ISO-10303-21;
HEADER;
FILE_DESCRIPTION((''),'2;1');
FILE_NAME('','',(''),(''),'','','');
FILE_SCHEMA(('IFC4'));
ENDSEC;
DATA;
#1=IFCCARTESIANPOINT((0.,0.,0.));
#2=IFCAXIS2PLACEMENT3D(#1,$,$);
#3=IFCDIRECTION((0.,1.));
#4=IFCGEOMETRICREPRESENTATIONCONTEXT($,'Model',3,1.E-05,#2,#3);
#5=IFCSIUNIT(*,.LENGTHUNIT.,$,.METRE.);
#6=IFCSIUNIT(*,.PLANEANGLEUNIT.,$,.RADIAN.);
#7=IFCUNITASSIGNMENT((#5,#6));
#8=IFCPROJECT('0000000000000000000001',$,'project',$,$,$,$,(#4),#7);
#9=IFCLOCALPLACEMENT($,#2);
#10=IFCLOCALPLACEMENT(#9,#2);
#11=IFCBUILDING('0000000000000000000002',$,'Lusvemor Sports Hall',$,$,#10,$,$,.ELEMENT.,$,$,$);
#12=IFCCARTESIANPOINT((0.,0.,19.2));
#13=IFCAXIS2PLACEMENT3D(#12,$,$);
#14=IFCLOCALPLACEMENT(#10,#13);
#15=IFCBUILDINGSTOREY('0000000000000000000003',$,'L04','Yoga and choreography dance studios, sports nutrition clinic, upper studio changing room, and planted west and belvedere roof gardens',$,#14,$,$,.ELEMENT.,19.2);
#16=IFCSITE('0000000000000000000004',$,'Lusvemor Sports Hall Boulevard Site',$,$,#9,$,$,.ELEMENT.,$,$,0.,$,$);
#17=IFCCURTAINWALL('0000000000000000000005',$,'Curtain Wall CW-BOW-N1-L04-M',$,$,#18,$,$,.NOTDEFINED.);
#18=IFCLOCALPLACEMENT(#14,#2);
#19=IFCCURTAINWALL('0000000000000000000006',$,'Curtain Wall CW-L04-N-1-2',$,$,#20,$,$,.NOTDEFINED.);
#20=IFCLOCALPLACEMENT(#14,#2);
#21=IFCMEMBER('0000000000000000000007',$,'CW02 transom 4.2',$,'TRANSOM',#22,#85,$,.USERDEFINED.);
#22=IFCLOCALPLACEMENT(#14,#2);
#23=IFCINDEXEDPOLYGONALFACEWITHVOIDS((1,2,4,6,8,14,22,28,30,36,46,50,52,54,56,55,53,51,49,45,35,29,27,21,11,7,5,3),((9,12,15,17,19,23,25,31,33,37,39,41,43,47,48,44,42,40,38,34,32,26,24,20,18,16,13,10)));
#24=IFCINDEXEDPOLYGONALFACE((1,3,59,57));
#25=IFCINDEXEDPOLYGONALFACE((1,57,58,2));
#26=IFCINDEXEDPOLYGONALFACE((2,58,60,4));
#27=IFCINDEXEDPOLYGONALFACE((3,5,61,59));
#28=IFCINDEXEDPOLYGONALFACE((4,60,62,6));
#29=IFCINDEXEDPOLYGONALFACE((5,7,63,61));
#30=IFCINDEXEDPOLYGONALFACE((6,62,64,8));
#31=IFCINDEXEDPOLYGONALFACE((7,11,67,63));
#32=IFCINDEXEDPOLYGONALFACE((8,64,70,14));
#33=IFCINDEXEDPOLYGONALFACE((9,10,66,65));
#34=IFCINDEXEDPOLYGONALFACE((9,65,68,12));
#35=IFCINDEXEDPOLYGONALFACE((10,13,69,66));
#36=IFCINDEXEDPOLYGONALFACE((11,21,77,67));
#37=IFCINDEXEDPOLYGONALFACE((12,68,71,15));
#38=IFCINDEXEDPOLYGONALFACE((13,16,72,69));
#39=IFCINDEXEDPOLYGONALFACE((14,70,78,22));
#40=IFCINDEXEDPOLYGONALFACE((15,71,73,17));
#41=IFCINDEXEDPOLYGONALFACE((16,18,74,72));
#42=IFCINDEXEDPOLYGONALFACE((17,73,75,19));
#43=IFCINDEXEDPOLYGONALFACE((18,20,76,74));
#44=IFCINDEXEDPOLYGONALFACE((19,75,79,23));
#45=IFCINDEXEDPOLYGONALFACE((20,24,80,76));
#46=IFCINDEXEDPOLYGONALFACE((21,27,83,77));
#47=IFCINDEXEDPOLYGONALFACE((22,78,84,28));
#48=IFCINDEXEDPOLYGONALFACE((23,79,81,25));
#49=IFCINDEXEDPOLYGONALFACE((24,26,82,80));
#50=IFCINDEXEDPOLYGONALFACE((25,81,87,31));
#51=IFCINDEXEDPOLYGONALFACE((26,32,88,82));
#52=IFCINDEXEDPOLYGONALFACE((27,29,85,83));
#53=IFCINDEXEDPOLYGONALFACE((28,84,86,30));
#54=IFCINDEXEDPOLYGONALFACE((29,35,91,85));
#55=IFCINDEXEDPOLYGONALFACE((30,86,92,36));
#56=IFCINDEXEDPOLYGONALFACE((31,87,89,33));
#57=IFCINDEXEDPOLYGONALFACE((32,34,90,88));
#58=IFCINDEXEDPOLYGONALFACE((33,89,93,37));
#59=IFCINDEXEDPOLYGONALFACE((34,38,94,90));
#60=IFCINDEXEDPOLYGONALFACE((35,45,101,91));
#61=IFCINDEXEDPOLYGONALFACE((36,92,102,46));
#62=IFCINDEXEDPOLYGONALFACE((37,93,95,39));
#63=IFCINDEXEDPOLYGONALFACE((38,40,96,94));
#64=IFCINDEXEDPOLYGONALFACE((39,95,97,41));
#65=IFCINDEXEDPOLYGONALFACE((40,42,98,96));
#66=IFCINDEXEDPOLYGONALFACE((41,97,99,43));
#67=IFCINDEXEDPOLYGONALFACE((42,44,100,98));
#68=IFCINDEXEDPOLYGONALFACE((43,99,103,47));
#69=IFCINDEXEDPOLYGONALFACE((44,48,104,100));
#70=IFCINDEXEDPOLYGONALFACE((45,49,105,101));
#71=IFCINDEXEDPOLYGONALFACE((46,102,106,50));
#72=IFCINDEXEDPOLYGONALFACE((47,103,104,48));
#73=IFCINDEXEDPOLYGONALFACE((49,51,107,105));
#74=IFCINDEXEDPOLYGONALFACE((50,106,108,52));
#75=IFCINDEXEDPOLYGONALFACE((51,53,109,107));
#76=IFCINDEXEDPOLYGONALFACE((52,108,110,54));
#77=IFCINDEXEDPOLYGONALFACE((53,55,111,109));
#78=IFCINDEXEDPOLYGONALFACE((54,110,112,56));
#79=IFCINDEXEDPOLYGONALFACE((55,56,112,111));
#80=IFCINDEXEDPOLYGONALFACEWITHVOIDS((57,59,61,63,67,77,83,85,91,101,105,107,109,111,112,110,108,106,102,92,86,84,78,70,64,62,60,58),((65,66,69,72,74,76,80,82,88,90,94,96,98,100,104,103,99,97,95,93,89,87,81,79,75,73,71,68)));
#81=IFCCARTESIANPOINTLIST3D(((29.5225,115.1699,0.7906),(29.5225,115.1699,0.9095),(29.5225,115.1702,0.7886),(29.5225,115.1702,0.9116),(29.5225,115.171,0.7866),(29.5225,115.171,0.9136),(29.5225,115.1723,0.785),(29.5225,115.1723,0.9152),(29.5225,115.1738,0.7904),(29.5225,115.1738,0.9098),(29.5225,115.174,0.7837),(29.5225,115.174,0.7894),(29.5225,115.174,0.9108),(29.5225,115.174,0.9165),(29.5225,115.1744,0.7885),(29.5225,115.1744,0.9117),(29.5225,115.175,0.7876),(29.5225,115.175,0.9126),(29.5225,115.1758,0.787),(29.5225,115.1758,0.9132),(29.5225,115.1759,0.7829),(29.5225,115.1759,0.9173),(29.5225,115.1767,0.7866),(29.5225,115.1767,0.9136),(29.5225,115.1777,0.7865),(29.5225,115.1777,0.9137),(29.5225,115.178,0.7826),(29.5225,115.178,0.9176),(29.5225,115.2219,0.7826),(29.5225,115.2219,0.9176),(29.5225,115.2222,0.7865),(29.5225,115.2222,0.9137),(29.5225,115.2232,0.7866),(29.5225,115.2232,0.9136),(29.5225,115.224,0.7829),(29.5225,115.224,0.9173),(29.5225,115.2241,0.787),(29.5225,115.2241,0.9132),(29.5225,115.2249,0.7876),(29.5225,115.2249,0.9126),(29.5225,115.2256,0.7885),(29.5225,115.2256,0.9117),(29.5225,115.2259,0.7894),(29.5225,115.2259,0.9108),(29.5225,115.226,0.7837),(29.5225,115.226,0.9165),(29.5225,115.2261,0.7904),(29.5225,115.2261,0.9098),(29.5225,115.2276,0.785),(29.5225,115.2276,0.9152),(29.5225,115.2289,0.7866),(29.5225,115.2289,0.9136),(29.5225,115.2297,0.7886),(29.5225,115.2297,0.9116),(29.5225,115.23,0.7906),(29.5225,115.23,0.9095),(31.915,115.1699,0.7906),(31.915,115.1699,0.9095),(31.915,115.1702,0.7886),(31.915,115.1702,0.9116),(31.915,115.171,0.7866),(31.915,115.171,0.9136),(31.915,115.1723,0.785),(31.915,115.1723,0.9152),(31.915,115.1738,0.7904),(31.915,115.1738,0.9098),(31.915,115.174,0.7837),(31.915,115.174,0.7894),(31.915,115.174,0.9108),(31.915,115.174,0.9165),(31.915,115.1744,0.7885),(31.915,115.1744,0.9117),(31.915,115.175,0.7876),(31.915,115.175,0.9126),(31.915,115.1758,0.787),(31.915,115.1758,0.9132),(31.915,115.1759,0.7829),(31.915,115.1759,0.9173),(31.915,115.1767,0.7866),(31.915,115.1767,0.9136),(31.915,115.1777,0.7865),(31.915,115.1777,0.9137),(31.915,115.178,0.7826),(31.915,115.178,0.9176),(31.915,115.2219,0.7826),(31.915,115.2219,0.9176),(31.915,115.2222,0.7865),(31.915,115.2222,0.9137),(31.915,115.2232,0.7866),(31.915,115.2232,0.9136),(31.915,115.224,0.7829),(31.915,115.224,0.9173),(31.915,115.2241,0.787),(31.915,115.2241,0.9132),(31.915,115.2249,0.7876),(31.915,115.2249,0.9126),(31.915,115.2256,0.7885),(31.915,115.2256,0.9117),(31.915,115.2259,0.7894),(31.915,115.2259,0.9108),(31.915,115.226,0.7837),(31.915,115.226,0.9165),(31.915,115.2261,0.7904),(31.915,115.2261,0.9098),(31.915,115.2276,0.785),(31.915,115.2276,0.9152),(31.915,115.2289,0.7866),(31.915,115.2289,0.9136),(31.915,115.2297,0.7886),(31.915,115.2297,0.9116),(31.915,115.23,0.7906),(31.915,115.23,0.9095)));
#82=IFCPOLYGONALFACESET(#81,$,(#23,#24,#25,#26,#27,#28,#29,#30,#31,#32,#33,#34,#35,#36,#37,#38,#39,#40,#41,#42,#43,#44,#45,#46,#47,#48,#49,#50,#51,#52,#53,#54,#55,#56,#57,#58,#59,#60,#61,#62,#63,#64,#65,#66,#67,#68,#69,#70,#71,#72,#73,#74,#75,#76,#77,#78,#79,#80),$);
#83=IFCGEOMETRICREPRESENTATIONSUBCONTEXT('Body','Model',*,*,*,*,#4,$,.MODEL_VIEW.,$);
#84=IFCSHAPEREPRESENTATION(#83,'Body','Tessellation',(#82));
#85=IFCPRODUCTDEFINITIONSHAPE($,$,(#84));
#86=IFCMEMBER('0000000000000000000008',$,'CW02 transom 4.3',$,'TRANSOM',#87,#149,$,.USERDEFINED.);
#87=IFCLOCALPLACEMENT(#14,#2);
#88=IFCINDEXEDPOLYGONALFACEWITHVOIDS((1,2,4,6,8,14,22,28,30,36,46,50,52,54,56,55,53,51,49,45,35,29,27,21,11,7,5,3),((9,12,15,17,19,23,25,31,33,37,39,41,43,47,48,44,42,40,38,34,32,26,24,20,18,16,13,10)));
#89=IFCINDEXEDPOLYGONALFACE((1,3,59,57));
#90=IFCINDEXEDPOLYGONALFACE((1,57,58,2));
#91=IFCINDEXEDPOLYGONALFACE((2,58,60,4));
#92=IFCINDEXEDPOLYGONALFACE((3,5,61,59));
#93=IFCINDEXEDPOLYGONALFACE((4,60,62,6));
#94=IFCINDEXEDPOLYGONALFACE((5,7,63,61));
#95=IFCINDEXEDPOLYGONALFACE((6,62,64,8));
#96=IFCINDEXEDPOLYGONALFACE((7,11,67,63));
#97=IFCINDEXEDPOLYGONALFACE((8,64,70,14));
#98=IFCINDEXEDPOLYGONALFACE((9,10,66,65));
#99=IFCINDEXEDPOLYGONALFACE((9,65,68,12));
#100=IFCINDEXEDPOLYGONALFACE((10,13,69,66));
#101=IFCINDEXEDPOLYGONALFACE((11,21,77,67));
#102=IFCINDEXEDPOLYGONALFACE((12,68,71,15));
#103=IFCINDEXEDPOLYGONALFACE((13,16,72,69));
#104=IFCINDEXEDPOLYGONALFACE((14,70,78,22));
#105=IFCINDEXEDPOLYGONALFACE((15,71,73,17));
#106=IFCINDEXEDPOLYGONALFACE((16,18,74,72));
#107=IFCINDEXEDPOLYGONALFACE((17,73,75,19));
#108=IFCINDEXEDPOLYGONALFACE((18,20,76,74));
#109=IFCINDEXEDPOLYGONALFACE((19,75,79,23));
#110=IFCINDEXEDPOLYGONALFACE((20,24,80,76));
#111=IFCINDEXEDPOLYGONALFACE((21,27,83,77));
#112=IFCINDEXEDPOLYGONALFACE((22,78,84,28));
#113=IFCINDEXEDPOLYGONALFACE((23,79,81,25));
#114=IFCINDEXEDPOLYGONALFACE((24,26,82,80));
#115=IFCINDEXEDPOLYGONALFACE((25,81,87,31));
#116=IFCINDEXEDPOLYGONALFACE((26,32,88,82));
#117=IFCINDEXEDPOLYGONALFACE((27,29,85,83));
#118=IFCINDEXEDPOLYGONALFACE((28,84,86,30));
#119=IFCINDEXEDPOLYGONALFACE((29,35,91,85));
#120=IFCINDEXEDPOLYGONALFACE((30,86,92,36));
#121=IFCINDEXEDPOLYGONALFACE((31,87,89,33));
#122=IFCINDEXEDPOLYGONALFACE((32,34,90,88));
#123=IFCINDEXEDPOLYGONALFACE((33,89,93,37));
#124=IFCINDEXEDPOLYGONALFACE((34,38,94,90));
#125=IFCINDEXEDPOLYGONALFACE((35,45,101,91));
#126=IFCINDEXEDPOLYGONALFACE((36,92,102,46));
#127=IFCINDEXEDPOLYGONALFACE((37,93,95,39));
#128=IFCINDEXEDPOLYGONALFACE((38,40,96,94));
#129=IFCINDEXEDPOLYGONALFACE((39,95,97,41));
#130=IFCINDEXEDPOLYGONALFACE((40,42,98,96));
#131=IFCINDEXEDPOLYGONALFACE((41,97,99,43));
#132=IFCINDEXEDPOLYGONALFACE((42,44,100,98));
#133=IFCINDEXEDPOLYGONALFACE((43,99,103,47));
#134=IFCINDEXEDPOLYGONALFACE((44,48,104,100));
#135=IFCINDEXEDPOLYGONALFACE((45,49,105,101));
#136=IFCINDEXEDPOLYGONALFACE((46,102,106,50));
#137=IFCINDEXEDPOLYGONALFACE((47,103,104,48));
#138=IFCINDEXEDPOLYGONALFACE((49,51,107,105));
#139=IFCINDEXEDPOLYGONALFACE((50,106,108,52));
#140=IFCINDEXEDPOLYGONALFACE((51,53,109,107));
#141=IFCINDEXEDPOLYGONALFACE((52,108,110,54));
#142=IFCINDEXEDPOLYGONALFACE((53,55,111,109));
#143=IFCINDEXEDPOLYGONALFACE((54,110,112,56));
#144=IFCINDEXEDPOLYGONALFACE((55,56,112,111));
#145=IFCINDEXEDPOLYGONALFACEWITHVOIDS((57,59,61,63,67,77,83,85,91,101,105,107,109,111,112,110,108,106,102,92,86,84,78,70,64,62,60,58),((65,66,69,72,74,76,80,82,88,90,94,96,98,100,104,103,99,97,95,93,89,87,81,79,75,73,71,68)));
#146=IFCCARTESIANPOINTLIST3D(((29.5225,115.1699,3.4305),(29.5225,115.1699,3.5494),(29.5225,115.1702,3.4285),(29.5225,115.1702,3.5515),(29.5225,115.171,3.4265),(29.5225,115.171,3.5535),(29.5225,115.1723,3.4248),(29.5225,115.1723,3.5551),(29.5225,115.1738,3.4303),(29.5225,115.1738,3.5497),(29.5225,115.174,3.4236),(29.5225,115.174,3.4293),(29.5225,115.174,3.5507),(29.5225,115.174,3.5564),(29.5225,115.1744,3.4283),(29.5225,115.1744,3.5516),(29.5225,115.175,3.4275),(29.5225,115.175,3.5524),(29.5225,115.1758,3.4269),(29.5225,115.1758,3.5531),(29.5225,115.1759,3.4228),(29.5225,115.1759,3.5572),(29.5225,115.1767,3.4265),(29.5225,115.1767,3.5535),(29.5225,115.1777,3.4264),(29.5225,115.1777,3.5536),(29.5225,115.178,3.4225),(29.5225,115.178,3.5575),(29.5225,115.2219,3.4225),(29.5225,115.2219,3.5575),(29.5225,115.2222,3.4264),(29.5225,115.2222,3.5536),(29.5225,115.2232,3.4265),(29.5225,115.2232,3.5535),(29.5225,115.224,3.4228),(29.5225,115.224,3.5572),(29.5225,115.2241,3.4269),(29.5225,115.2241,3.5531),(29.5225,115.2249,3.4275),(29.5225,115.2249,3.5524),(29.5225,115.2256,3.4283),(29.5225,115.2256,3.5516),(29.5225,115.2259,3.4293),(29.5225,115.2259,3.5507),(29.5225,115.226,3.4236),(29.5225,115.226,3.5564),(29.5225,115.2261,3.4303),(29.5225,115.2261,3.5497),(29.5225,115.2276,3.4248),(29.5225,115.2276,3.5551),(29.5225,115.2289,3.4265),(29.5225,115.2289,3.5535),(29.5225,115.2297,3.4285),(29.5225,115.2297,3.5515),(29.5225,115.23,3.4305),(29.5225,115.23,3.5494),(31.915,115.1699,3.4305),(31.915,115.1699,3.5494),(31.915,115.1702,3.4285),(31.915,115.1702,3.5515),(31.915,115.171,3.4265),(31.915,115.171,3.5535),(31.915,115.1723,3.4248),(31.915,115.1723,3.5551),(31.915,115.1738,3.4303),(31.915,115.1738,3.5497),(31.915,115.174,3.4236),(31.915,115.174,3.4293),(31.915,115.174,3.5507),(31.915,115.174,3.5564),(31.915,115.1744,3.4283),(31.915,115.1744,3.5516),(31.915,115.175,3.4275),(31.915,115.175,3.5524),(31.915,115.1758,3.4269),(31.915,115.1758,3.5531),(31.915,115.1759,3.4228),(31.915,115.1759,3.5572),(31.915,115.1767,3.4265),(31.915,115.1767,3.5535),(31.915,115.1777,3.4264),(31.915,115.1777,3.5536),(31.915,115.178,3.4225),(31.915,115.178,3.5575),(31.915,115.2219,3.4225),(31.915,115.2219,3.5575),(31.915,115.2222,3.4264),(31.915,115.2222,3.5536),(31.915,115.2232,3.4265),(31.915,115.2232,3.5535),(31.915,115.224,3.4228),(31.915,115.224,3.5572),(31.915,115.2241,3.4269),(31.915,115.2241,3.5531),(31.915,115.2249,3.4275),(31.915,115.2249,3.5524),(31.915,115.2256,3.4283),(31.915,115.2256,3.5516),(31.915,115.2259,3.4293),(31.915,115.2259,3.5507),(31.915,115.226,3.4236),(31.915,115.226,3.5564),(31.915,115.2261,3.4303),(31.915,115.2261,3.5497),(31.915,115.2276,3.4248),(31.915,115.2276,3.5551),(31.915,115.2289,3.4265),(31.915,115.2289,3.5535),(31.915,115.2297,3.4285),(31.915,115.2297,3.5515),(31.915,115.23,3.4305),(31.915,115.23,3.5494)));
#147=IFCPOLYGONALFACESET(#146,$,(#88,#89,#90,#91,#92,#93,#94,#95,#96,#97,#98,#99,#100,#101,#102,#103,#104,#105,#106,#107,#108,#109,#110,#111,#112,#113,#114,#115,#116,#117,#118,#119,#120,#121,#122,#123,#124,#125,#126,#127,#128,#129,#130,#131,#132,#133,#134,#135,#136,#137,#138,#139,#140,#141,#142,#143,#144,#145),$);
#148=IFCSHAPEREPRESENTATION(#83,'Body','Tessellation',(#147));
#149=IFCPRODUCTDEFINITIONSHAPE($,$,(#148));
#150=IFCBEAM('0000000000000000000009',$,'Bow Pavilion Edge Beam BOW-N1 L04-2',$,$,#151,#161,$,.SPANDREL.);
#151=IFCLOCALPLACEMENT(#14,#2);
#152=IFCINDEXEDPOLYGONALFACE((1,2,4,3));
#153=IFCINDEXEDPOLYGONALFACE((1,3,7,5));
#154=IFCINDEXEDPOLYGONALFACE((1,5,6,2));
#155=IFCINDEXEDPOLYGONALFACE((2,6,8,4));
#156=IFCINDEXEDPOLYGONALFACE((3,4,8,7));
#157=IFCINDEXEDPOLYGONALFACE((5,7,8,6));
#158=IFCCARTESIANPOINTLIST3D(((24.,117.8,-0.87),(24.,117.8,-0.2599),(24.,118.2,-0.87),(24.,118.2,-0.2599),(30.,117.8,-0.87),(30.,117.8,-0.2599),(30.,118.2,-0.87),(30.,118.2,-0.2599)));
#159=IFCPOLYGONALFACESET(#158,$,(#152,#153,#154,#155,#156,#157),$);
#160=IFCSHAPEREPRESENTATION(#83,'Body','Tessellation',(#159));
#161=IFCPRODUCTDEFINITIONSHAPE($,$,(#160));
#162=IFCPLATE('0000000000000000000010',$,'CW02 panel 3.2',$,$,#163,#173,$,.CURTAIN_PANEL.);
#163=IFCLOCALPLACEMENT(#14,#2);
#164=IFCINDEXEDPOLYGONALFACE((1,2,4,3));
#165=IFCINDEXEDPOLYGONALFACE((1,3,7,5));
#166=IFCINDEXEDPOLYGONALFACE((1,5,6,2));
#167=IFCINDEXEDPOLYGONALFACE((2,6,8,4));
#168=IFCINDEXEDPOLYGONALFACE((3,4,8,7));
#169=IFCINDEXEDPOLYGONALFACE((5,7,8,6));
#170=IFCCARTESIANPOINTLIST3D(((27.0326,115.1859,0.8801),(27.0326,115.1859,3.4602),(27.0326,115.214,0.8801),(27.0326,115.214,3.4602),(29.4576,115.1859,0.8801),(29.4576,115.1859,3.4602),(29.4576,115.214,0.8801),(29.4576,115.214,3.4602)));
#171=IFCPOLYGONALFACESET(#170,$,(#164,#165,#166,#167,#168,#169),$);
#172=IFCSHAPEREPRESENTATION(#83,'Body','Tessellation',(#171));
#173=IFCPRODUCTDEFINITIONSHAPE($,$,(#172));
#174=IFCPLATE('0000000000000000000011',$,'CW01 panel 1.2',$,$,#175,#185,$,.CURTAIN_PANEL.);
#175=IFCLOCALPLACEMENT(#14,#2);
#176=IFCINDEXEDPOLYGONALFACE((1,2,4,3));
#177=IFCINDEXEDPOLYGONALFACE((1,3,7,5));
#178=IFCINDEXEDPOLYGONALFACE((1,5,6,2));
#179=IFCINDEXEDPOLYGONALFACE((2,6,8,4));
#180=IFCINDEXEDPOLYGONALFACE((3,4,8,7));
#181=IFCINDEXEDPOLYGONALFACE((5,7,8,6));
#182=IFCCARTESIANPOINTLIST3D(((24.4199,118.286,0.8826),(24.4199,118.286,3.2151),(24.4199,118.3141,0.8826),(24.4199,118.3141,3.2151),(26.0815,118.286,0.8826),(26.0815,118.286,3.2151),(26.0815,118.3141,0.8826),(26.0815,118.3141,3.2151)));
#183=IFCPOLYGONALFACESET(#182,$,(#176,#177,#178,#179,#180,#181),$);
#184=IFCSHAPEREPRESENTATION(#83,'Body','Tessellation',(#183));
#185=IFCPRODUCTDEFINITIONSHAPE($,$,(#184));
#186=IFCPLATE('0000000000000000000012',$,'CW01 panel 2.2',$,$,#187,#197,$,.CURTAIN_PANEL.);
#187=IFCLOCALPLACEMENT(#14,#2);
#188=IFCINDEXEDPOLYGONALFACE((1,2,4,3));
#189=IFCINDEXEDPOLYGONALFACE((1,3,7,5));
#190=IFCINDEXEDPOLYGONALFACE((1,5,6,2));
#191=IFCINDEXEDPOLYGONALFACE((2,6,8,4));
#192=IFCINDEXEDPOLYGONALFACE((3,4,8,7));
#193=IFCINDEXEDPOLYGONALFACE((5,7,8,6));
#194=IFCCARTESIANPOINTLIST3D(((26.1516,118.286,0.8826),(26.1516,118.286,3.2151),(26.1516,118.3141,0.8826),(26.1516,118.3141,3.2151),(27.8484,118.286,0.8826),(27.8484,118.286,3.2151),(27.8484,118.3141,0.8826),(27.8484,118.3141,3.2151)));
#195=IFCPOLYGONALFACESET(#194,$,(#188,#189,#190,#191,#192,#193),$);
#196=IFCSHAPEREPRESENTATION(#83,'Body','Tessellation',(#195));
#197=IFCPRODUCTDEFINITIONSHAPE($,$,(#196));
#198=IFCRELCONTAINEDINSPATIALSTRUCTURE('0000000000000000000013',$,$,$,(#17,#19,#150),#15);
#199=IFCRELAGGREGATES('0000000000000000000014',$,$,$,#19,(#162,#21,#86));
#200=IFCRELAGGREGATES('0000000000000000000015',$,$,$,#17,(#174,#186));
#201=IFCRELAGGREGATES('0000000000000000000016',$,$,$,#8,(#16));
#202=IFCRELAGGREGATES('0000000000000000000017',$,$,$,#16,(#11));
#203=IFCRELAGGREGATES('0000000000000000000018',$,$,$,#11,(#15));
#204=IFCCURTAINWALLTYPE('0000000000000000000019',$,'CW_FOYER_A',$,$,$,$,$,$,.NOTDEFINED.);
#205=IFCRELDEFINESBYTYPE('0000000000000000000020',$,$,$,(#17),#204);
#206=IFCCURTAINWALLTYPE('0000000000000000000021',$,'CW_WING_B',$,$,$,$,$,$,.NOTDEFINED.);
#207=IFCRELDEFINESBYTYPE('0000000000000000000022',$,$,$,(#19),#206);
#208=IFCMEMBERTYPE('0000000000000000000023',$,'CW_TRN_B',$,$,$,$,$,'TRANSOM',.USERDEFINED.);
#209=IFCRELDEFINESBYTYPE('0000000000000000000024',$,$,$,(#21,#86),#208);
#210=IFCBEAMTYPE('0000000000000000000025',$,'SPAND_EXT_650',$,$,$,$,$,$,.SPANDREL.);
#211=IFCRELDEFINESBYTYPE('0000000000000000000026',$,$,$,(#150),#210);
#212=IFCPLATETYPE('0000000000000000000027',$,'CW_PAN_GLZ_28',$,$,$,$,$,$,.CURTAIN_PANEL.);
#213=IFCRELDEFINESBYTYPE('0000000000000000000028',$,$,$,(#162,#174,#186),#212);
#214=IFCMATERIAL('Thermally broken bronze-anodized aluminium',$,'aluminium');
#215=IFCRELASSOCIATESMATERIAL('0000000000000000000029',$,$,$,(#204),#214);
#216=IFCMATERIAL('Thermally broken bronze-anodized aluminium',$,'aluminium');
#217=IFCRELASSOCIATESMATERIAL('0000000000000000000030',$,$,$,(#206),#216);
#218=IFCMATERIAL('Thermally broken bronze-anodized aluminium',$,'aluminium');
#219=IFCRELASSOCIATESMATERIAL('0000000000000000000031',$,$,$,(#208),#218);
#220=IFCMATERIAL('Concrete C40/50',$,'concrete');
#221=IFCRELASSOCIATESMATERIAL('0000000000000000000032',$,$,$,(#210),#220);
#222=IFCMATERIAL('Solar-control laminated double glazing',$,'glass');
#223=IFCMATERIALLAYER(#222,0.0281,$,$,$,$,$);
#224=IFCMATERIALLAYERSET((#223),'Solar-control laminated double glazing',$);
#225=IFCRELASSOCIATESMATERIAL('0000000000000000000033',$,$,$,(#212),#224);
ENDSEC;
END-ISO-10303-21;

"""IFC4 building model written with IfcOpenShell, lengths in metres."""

from ifc_helpers import new_model, si_unit, direction, frame, origin, origin_2d, place, context, subcontext, project, spatial, rectangle, hollow_rectangle, extrude, material, layer, layer_set, material_profile, profile_set, type_object, element, aggregate, save


model = new_model("IFC4")

# Units and contexts
model_context = context("Model", 3, precision=1e-05, world=origin(), true_north=direction((0.0, 1.0)))
body_context = subcontext(model_context, "Body", "Model", "MODEL_VIEW")
ifc_project = project(units=[si_unit("LENGTHUNIT", "METRE"), si_unit("PLANEANGLEUNIT", "RADIAN")], contexts=[model_context])

# Site, building, storey
site_placement = place(None, origin())
site = spatial("IfcSite", under=ifc_project, at=site_placement, Name="Lusvemor Sports Hall Boulevard Site", CompositionType="ELEMENT", RefElevation=0.0)
building_placement = place(site_placement, origin())
building = spatial("IfcBuilding", under=site, at=building_placement, Name="Lusvemor Sports Hall", CompositionType="ELEMENT")
storey_placement = place(building_placement, frame((0.0, 0.0, 19.2)))
storey = spatial("IfcBuildingStorey", under=building, at=storey_placement, Name="L04", Description="Yoga and choreography dance studios, sports nutrition clinic, upper studio changing room, and planted west and belvedere roof gardens", CompositionType="ELEMENT", Elevation=19.2)

# Curtain wall
ifc_material_1 = material(Name="Thermally broken bronze-anodized aluminium", Category="aluminium")
curtain_wall_type_1 = type_object("IfcCurtainWallType", Name="CW_FOYER_A", PredefinedType="NOTDEFINED", material=ifc_material_1)
curtain_wall_1_placement = place(storey_placement, origin())
curtain_wall_1 = element("IfcCurtainWall", 1, at=curtain_wall_1_placement, inside=storey, type_object=curtain_wall_type_1, Name="Curtain Wall CW-BOW-N1-L04-M", PredefinedType="NOTDEFINED")

# Curtain wall
ifc_material_2 = material(Name="Thermally broken bronze-anodized aluminium", Category="aluminium")
curtain_wall_type_2 = type_object("IfcCurtainWallType", Name="CW_WING_B", PredefinedType="NOTDEFINED", material=ifc_material_2)
curtain_wall_2_placement = place(storey_placement, origin())
curtain_wall_2 = element("IfcCurtainWall", 2, at=curtain_wall_2_placement, inside=storey, type_object=curtain_wall_type_2, Name="Curtain Wall CW-L04-N-1-2", PredefinedType="NOTDEFINED")

# Members
ifc_material_3 = material(Name="Thermally broken bronze-anodized aluminium", Category="aluminium")
ifc_material_profile_1 = material_profile(ifc_material_3, hollow_rectangle(XDim=0.0601, YDim=0.135, WallThickness=0.0039, InnerFilletRadius=0.0039, OuterFilletRadius=0.0081, at=origin_2d()), Name="CWTRN135x60x4")
ifc_profile_set_1 = profile_set([ifc_material_profile_1], Name="Thermally broken bronze-anodized aluminium")
member_type_1 = type_object("IfcMemberType", Name="CW_TRN_B", ElementType="TRANSOM", PredefinedType="USERDEFINED", material=ifc_profile_set_1)
member_1_placement = place(storey_placement, frame((29.5225, 115.2, 0.8501), z_axis=(1.0, 0.0, 0.0), x_axis=(0.0, 1.0, 0.0)))
member_1 = element("IfcMember", 3, at=member_1_placement, type_object=member_type_1, Name="CW02 transom 4.2", ObjectType="TRANSOM", PredefinedType="USERDEFINED", context=body_context, shape_type="SweptSolid", body=[
    extrude(hollow_rectangle(XDim=0.0601, YDim=0.135, WallThickness=0.0039, InnerFilletRadius=0.0039, OuterFilletRadius=0.0081, at=origin_2d()), origin(), (0.0, 0.0, 1.0), 2.3926),
])
member_2_placement = place(storey_placement, frame((29.5225, 115.2, 3.49), z_axis=(1.0, 0.0, 0.0), x_axis=(0.0, 1.0, 0.0)))
member_2 = element("IfcMember", 4, at=member_2_placement, type_object=member_type_1, Name="CW02 transom 4.3", ObjectType="TRANSOM", PredefinedType="USERDEFINED", context=body_context, shape_type="SweptSolid", body=[
    extrude(hollow_rectangle(XDim=0.0601, YDim=0.135, WallThickness=0.0039, InnerFilletRadius=0.0039, OuterFilletRadius=0.0081, at=origin_2d()), origin(), (0.0, 0.0, 1.0), 2.3926),
])

# Beam
ifc_material_4 = material(Name="Concrete C40/50", Category="concrete")
ifc_material_profile_2 = material_profile(ifc_material_4, rectangle(XDim=0.3999, YDim=0.6101, at=origin_2d()), Name="RC400x610")
ifc_profile_set_2 = profile_set([ifc_material_profile_2], Name="Concrete C40/50")
beam_type = type_object("IfcBeamType", Name="SPAND_EXT_650", PredefinedType="SPANDREL", material=ifc_profile_set_2)
beam_placement = place(storey_placement, frame((24.0, 118.0, -0.5649), z_axis=(1.0, 0.0, 0.0), x_axis=(0.0, 1.0, 0.0)))
element("IfcBeam", 5, at=beam_placement, inside=storey, type_object=beam_type, Name="Bow Pavilion Edge Beam BOW-N1 L04-2", PredefinedType="SPANDREL", context=body_context, shape_type="SweptSolid", body=[
    extrude(rectangle(XDim=0.3999, YDim=0.6101, at=origin_2d()), origin(), (0.0, 0.0, 1.0), 6.0),
])

# Plates
ifc_material_5 = material(Name="Solar-control laminated double glazing", Category="glass")
ifc_layer_1 = layer(ifc_material_5, 0.0281)
ifc_layer_set_1 = layer_set([ifc_layer_1], Name="Solar-control laminated double glazing")
plate_type_1 = type_object("IfcPlateType", Name="CW_PAN_GLZ_28", PredefinedType="CURTAIN_PANEL", material=ifc_layer_set_1)
plate_1_placement = place(storey_placement, frame((28.2451, 115.2, 0.8801), z_axis=(0.0, 0.0, 1.0), x_axis=(1.0, 0.0, 0.0)))
plate_1 = element("IfcPlate", 6, at=plate_1_placement, type_object=plate_type_1, Name="CW02 panel 3.2", PredefinedType="CURTAIN_PANEL", context=body_context, shape_type="SweptSolid", body=[
    extrude(rectangle(XDim=2.425, YDim=0.0281, at=origin_2d()), origin(), (0.0, 0.0, 1.0), 2.5801),
])
plate_2_placement = place(storey_placement, frame((25.2507, 118.3, 0.8826), z_axis=(0.0, 0.0, 1.0), x_axis=(1.0, 0.0, 0.0)))
plate_2 = element("IfcPlate", 7, at=plate_2_placement, type_object=plate_type_1, Name="CW01 panel 1.2", PredefinedType="CURTAIN_PANEL", context=body_context, shape_type="SweptSolid", body=[
    extrude(rectangle(XDim=1.6616, YDim=0.0281, at=origin_2d()), origin(), (0.0, 0.0, 1.0), 2.3325),
])
plate_3_placement = place(storey_placement, frame((27.0, 118.3, 0.8826), z_axis=(0.0, 0.0, 1.0), x_axis=(1.0, 0.0, 0.0)))
plate_3 = element("IfcPlate", 8, at=plate_3_placement, type_object=plate_type_1, Name="CW01 panel 2.2", PredefinedType="CURTAIN_PANEL", context=body_context, shape_type="SweptSolid", body=[
    extrude(rectangle(XDim=1.6968, YDim=0.0281, at=origin_2d()), origin(), (0.0, 0.0, 1.0), 2.3325),
])
aggregate(curtain_wall_2, [plate_1, member_1, member_2])
aggregate(curtain_wall_1, [plate_2, plate_3])

save(model, "model.ifc")
